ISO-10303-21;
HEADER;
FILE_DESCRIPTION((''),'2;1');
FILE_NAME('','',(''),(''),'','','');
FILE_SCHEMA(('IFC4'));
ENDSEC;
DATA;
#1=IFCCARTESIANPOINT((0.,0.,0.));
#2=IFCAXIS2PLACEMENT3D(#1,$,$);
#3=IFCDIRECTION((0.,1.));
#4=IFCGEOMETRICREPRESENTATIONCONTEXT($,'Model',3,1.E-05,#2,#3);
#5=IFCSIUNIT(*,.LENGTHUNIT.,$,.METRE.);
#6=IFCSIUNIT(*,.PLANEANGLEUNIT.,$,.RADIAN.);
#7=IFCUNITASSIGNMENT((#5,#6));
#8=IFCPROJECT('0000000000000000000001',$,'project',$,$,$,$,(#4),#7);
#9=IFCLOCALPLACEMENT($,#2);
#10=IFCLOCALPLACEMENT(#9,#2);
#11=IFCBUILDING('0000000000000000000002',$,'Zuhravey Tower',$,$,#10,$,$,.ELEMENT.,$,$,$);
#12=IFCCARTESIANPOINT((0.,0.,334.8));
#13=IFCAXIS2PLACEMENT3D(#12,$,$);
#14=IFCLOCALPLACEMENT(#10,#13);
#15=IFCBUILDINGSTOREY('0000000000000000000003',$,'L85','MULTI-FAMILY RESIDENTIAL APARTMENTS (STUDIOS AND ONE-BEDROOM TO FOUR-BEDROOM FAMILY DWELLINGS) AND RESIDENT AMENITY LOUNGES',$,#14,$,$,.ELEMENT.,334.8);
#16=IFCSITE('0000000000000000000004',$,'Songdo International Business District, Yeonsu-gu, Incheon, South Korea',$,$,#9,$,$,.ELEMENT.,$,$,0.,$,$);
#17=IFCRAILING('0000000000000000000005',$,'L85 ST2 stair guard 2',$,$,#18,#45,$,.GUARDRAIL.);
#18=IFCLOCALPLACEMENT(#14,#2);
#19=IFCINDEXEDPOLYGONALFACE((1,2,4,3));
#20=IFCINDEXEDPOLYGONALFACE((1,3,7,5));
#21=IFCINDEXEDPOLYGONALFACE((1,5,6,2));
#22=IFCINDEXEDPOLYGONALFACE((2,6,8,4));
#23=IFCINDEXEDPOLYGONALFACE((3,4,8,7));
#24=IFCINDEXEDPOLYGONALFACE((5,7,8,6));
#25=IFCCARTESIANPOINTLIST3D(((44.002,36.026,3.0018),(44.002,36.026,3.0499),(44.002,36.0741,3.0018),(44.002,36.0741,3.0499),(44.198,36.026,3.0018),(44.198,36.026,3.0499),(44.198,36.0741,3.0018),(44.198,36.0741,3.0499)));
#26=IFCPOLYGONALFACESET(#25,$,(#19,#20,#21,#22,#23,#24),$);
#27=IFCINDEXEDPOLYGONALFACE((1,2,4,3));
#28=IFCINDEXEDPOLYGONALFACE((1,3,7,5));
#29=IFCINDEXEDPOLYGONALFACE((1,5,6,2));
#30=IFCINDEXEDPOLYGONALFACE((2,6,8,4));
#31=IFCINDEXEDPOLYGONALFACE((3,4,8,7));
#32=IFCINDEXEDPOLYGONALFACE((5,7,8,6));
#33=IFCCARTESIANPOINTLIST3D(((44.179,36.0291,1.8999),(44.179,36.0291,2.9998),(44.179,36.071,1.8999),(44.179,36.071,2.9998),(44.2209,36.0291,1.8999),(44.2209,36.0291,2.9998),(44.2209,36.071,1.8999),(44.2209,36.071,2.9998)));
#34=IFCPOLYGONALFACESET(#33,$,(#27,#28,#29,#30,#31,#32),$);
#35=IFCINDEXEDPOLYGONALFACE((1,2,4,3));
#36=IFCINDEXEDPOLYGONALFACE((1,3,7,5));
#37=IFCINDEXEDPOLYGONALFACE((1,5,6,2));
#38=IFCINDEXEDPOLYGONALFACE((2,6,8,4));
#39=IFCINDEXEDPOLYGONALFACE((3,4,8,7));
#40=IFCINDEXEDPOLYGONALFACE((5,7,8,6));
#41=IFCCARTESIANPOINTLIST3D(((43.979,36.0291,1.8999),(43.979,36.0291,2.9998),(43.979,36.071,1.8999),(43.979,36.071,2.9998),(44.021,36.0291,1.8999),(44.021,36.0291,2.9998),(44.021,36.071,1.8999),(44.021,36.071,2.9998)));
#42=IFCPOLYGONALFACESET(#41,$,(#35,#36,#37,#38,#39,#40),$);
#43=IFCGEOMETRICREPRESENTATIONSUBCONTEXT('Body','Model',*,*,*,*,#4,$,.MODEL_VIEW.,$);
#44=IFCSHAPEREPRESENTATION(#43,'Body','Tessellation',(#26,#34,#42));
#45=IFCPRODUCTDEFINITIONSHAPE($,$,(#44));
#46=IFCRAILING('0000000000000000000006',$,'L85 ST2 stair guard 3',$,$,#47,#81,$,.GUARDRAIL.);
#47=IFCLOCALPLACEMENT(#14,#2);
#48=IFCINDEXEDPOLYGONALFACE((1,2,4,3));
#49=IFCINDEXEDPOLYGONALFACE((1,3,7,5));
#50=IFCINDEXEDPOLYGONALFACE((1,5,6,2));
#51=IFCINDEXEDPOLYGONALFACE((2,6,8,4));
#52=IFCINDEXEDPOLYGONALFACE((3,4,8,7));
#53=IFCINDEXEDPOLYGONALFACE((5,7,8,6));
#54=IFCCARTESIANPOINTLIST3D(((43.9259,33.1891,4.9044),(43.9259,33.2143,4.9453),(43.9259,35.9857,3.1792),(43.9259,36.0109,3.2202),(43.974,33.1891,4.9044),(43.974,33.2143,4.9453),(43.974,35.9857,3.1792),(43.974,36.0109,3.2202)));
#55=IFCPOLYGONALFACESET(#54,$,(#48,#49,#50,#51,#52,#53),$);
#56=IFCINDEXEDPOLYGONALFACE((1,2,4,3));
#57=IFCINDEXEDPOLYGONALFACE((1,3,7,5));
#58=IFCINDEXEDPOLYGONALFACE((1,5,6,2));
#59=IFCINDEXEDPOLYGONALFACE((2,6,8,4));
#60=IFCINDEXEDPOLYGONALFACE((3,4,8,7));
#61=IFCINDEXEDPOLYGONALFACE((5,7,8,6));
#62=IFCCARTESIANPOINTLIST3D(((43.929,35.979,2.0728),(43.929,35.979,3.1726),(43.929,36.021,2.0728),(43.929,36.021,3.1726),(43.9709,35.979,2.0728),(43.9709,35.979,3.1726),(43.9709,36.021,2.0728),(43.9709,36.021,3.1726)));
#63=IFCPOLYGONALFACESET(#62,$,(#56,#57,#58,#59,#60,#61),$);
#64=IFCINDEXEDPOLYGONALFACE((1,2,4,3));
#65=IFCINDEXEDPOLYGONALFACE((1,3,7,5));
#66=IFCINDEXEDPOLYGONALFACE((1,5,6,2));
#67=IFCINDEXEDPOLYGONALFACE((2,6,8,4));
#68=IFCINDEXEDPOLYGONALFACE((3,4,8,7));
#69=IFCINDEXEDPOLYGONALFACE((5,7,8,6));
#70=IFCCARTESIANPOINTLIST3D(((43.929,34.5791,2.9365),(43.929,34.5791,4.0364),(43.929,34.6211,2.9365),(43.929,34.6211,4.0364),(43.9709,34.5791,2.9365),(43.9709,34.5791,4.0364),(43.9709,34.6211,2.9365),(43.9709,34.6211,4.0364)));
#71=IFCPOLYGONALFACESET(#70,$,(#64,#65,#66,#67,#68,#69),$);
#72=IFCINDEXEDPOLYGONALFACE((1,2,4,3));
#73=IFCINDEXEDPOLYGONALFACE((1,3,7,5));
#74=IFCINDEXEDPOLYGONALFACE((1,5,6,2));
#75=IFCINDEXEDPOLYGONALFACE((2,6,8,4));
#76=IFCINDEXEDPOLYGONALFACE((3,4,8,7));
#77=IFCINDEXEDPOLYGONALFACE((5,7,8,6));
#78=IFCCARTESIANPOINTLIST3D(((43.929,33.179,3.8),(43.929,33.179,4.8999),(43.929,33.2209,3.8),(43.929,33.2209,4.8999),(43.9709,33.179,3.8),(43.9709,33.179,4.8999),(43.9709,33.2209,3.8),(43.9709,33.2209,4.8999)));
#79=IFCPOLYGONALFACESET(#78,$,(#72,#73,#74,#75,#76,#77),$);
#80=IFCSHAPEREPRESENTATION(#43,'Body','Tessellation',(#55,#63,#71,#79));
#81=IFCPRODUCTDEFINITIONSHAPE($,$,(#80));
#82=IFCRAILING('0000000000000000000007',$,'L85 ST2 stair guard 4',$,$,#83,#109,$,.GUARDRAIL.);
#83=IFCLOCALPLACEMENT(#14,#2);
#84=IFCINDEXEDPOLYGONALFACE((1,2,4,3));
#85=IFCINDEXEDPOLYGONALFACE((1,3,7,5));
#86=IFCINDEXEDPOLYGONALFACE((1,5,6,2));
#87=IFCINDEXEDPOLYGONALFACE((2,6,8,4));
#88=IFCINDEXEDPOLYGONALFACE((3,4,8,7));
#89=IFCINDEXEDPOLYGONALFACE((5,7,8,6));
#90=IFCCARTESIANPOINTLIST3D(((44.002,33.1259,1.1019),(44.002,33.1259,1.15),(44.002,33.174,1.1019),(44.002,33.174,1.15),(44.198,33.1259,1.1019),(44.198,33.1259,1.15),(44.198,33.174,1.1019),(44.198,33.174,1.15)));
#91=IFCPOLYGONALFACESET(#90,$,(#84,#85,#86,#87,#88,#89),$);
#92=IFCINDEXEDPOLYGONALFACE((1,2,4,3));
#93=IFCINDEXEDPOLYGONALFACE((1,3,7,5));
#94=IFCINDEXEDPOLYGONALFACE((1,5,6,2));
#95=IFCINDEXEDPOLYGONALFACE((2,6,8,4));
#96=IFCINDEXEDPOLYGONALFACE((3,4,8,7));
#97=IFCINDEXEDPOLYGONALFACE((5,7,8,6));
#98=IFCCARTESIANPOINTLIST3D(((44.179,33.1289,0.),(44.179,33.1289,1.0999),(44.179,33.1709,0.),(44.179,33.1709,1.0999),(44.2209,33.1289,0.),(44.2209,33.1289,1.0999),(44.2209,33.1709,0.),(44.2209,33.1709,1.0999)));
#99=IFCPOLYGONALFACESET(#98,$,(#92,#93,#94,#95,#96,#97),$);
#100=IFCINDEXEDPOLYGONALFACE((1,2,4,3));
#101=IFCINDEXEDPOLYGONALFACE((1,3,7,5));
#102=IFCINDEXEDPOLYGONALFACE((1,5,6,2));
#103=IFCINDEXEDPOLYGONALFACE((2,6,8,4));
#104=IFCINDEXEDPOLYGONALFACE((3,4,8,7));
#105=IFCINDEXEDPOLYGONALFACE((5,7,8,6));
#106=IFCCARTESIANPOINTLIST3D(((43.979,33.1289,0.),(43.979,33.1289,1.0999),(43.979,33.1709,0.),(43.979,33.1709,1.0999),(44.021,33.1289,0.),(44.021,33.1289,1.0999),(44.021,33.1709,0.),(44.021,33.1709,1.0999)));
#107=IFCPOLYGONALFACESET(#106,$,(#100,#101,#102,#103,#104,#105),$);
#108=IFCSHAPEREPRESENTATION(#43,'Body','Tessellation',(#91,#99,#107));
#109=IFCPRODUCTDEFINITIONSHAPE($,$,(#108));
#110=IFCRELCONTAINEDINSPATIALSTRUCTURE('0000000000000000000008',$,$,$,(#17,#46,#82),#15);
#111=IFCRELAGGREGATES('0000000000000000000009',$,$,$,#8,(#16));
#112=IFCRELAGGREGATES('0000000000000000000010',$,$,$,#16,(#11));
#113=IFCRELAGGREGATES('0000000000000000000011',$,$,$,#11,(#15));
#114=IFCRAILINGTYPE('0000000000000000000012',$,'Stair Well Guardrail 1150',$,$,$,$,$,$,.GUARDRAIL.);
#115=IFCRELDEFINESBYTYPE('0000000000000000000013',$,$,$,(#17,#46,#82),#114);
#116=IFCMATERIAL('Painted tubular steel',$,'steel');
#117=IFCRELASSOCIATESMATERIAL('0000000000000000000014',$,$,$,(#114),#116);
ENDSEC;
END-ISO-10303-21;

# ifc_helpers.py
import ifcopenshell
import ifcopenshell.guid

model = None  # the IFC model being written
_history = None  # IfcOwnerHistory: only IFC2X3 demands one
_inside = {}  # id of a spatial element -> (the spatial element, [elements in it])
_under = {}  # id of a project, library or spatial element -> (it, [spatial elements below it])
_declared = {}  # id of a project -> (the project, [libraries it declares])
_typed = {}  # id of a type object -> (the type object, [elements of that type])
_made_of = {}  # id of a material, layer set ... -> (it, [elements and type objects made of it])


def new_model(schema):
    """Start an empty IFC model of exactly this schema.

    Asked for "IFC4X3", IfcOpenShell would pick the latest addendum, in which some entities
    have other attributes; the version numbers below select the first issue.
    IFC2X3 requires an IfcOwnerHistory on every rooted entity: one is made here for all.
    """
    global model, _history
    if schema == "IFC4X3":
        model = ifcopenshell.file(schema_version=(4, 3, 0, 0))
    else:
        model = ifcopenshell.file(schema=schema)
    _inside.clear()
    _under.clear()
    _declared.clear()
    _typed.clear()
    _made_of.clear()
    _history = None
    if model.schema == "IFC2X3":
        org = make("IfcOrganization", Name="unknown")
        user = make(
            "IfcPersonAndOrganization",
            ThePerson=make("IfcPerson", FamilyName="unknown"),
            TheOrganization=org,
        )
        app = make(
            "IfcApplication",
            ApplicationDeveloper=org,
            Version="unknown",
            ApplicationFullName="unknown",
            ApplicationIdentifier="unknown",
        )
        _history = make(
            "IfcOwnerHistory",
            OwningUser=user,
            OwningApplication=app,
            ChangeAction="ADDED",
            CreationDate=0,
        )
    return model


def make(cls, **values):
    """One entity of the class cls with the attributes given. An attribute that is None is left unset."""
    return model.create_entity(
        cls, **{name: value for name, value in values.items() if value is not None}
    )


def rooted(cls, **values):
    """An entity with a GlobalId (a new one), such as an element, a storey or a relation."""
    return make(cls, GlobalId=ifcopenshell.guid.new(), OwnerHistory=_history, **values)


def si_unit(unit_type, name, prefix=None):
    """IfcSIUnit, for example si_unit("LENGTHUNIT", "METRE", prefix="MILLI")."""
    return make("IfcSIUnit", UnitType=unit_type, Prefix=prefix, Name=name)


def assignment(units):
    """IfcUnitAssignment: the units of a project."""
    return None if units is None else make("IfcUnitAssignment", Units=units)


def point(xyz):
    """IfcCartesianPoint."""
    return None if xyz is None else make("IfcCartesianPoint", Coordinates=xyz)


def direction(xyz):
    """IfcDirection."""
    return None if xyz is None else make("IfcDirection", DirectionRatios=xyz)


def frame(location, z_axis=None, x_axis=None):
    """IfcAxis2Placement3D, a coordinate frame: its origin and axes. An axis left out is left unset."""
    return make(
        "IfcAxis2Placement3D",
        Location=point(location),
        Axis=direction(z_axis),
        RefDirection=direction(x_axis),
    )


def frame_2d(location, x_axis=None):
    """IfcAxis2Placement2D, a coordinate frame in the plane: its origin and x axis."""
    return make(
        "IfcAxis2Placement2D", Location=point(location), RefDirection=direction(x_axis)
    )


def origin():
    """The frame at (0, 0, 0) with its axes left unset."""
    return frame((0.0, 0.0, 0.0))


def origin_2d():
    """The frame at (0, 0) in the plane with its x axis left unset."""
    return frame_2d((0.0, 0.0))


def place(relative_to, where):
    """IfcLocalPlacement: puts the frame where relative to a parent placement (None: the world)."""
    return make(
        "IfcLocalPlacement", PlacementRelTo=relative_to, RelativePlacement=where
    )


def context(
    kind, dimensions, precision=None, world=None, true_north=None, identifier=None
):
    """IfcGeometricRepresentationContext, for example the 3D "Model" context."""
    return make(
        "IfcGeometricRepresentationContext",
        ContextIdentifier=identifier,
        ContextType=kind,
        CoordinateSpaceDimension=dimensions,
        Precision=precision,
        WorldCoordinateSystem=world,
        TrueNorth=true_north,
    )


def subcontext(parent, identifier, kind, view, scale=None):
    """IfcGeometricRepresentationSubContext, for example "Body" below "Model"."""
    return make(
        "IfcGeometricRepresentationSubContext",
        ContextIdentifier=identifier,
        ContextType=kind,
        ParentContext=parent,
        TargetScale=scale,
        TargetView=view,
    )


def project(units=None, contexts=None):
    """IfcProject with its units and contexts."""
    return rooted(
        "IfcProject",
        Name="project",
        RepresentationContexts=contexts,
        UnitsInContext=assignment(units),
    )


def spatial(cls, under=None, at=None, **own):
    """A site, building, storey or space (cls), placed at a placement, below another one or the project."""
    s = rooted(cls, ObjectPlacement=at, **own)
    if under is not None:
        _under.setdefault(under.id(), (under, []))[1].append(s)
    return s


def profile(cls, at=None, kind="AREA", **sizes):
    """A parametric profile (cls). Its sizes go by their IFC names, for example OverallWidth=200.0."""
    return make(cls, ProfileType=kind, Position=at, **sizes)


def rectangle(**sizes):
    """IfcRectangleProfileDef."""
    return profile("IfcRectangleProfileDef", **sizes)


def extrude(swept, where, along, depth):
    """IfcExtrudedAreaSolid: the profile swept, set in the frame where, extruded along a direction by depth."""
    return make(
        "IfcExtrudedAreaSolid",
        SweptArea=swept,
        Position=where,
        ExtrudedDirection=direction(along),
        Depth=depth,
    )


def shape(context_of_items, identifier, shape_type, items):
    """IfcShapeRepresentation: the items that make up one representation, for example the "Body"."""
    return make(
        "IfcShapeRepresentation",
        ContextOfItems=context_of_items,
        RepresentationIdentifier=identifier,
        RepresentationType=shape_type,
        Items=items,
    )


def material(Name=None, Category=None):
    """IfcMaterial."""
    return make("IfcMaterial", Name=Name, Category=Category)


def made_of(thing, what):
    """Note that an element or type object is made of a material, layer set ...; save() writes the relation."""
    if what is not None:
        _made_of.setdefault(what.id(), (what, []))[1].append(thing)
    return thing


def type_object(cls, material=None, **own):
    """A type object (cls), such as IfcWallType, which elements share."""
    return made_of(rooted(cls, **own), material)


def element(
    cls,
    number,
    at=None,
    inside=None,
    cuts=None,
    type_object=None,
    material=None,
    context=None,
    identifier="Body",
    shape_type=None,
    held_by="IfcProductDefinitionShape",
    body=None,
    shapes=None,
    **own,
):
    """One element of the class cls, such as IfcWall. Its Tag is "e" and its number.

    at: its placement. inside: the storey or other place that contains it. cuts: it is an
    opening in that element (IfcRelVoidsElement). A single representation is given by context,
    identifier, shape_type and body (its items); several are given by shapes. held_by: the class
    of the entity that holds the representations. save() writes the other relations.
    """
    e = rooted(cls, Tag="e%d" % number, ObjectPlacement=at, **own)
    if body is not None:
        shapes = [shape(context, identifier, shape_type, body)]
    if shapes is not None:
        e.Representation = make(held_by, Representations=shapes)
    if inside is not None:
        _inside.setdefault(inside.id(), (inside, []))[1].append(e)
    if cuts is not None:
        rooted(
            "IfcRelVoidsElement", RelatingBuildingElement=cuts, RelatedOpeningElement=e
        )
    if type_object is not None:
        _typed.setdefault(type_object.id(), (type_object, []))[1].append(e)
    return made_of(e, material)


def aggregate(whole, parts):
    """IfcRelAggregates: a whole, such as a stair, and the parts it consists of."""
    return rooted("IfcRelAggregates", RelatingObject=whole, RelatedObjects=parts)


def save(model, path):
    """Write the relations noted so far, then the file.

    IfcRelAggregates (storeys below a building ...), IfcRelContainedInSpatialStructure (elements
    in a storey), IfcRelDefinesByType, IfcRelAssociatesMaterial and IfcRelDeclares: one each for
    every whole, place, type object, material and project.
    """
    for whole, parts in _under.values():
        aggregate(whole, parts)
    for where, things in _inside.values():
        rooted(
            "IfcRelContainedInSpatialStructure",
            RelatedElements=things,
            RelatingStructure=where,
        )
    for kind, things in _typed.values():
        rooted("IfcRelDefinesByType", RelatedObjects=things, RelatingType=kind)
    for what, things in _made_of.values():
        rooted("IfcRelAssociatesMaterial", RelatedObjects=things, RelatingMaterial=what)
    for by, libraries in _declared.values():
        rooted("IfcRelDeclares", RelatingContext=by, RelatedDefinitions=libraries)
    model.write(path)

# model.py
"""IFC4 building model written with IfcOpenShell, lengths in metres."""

from ifc_helpers import new_model, si_unit, direction, frame, origin, origin_2d, place, context, subcontext, project, spatial, rectangle, extrude, material, type_object, element, save


model = new_model("IFC4")

# Units and contexts
model_context = context("Model", 3, precision=1e-05, world=origin(), true_north=direction((0.0, 1.0)))
body_context = subcontext(model_context, "Body", "Model", "MODEL_VIEW")
ifc_project = project(units=[si_unit("LENGTHUNIT", "METRE"), si_unit("PLANEANGLEUNIT", "RADIAN")], contexts=[model_context])

# Site, building, storey
site_placement = place(None, origin())
site = spatial("IfcSite", under=ifc_project, at=site_placement, Name="Songdo International Business District, Yeonsu-gu, Incheon, South Korea", CompositionType="ELEMENT", RefElevation=0.0)
building_placement = place(site_placement, origin())
building = spatial("IfcBuilding", under=site, at=building_placement, Name="Zuhravey Tower", CompositionType="ELEMENT")
storey_placement = place(building_placement, frame((0.0, 0.0, 334.8)))
storey = spatial("IfcBuildingStorey", under=building, at=storey_placement, Name="L85", Description="MULTI-FAMILY RESIDENTIAL APARTMENTS (STUDIOS AND ONE-BEDROOM TO FOUR-BEDROOM FAMILY DWELLINGS) AND RESIDENT AMENITY LOUNGES", CompositionType="ELEMENT", Elevation=334.8)

# Railings
ifc_material_1 = material(Name="Painted tubular steel", Category="steel")
railing_type_1 = type_object("IfcRailingType", Name="Stair Well Guardrail 1150", PredefinedType="GUARDRAIL", material=ifc_material_1)
railing_1_placement = place(storey_placement, frame((44.2, 36.05, 1.8999)))
element("IfcRailing", 1, at=railing_1_placement, inside=storey, type_object=railing_type_1, Name="L85 ST2 stair guard 2", PredefinedType="GUARDRAIL", context=body_context, shape_type="SweptSolid", body=[
    extrude(rectangle(XDim=0.0481, YDim=0.0481, at=origin_2d()), frame((-0.002, 0.0, 1.126), z_axis=(-1.0, 0.0, 0.0), x_axis=(0.0, -1.0, 0.0)), (0.0, 0.0, 1.0), 0.196),
    extrude(rectangle(XDim=0.042, YDim=0.042, at=origin_2d()), origin(), (0.0, 0.0, 1.0), 1.0999),
    extrude(rectangle(XDim=0.042, YDim=0.042, at=origin_2d()), frame((-0.2, 0.0, 0.0)), (0.0, 0.0, 1.0), 1.0999),
])
railing_2_placement = place(storey_placement, frame((43.95, 36.0, 2.0728)))
element("IfcRailing", 2, at=railing_2_placement, inside=storey, type_object=railing_type_1, Name="L85 ST2 stair guard 3", PredefinedType="GUARDRAIL", context=body_context, shape_type="SweptSolid", body=[
    extrude(rectangle(XDim=0.0481, YDim=0.0481, at=origin_2d()), frame((0.0, -0.0017, 1.127), z_axis=(0.0, -0.85109, 0.52502), x_axis=(1.0, 0.0, 0.0)), (0.0, 0.0, 1.0), 3.2859),
    extrude(rectangle(XDim=0.042, YDim=0.042, at=origin_2d()), origin(), (0.0, 0.0, 1.0), 1.0999),
    extrude(rectangle(XDim=0.042, YDim=0.042, at=origin_2d()), frame((0.0, -1.3999, 0.8638)), (0.0, 0.0, 1.0), 1.0999),
    extrude(rectangle(XDim=0.042, YDim=0.042, at=origin_2d()), frame((0.0, -2.8, 1.7273)), (0.0, 0.0, 1.0), 1.0999),
])
railing_3_placement = place(storey_placement, frame((44.2, 33.1499, 0.0)))
element("IfcRailing", 3, at=railing_3_placement, inside=storey, type_object=railing_type_1, Name="L85 ST2 stair guard 4", PredefinedType="GUARDRAIL", context=body_context, shape_type="SweptSolid", body=[
    extrude(rectangle(XDim=0.0481, YDim=0.0481, at=origin_2d()), frame((-0.002, 0.0, 1.126), z_axis=(-1.0, 0.0, 0.0), x_axis=(0.0, -1.0, 0.0)), (0.0, 0.0, 1.0), 0.196),
    extrude(rectangle(XDim=0.042, YDim=0.042, at=origin_2d()), origin(), (0.0, 0.0, 1.0), 1.0999),
    extrude(rectangle(XDim=0.042, YDim=0.042, at=origin_2d()), frame((-0.2, 0.0, 0.0)), (0.0, 0.0, 1.0), 1.0999),
])

save(model, "model.ifc")
